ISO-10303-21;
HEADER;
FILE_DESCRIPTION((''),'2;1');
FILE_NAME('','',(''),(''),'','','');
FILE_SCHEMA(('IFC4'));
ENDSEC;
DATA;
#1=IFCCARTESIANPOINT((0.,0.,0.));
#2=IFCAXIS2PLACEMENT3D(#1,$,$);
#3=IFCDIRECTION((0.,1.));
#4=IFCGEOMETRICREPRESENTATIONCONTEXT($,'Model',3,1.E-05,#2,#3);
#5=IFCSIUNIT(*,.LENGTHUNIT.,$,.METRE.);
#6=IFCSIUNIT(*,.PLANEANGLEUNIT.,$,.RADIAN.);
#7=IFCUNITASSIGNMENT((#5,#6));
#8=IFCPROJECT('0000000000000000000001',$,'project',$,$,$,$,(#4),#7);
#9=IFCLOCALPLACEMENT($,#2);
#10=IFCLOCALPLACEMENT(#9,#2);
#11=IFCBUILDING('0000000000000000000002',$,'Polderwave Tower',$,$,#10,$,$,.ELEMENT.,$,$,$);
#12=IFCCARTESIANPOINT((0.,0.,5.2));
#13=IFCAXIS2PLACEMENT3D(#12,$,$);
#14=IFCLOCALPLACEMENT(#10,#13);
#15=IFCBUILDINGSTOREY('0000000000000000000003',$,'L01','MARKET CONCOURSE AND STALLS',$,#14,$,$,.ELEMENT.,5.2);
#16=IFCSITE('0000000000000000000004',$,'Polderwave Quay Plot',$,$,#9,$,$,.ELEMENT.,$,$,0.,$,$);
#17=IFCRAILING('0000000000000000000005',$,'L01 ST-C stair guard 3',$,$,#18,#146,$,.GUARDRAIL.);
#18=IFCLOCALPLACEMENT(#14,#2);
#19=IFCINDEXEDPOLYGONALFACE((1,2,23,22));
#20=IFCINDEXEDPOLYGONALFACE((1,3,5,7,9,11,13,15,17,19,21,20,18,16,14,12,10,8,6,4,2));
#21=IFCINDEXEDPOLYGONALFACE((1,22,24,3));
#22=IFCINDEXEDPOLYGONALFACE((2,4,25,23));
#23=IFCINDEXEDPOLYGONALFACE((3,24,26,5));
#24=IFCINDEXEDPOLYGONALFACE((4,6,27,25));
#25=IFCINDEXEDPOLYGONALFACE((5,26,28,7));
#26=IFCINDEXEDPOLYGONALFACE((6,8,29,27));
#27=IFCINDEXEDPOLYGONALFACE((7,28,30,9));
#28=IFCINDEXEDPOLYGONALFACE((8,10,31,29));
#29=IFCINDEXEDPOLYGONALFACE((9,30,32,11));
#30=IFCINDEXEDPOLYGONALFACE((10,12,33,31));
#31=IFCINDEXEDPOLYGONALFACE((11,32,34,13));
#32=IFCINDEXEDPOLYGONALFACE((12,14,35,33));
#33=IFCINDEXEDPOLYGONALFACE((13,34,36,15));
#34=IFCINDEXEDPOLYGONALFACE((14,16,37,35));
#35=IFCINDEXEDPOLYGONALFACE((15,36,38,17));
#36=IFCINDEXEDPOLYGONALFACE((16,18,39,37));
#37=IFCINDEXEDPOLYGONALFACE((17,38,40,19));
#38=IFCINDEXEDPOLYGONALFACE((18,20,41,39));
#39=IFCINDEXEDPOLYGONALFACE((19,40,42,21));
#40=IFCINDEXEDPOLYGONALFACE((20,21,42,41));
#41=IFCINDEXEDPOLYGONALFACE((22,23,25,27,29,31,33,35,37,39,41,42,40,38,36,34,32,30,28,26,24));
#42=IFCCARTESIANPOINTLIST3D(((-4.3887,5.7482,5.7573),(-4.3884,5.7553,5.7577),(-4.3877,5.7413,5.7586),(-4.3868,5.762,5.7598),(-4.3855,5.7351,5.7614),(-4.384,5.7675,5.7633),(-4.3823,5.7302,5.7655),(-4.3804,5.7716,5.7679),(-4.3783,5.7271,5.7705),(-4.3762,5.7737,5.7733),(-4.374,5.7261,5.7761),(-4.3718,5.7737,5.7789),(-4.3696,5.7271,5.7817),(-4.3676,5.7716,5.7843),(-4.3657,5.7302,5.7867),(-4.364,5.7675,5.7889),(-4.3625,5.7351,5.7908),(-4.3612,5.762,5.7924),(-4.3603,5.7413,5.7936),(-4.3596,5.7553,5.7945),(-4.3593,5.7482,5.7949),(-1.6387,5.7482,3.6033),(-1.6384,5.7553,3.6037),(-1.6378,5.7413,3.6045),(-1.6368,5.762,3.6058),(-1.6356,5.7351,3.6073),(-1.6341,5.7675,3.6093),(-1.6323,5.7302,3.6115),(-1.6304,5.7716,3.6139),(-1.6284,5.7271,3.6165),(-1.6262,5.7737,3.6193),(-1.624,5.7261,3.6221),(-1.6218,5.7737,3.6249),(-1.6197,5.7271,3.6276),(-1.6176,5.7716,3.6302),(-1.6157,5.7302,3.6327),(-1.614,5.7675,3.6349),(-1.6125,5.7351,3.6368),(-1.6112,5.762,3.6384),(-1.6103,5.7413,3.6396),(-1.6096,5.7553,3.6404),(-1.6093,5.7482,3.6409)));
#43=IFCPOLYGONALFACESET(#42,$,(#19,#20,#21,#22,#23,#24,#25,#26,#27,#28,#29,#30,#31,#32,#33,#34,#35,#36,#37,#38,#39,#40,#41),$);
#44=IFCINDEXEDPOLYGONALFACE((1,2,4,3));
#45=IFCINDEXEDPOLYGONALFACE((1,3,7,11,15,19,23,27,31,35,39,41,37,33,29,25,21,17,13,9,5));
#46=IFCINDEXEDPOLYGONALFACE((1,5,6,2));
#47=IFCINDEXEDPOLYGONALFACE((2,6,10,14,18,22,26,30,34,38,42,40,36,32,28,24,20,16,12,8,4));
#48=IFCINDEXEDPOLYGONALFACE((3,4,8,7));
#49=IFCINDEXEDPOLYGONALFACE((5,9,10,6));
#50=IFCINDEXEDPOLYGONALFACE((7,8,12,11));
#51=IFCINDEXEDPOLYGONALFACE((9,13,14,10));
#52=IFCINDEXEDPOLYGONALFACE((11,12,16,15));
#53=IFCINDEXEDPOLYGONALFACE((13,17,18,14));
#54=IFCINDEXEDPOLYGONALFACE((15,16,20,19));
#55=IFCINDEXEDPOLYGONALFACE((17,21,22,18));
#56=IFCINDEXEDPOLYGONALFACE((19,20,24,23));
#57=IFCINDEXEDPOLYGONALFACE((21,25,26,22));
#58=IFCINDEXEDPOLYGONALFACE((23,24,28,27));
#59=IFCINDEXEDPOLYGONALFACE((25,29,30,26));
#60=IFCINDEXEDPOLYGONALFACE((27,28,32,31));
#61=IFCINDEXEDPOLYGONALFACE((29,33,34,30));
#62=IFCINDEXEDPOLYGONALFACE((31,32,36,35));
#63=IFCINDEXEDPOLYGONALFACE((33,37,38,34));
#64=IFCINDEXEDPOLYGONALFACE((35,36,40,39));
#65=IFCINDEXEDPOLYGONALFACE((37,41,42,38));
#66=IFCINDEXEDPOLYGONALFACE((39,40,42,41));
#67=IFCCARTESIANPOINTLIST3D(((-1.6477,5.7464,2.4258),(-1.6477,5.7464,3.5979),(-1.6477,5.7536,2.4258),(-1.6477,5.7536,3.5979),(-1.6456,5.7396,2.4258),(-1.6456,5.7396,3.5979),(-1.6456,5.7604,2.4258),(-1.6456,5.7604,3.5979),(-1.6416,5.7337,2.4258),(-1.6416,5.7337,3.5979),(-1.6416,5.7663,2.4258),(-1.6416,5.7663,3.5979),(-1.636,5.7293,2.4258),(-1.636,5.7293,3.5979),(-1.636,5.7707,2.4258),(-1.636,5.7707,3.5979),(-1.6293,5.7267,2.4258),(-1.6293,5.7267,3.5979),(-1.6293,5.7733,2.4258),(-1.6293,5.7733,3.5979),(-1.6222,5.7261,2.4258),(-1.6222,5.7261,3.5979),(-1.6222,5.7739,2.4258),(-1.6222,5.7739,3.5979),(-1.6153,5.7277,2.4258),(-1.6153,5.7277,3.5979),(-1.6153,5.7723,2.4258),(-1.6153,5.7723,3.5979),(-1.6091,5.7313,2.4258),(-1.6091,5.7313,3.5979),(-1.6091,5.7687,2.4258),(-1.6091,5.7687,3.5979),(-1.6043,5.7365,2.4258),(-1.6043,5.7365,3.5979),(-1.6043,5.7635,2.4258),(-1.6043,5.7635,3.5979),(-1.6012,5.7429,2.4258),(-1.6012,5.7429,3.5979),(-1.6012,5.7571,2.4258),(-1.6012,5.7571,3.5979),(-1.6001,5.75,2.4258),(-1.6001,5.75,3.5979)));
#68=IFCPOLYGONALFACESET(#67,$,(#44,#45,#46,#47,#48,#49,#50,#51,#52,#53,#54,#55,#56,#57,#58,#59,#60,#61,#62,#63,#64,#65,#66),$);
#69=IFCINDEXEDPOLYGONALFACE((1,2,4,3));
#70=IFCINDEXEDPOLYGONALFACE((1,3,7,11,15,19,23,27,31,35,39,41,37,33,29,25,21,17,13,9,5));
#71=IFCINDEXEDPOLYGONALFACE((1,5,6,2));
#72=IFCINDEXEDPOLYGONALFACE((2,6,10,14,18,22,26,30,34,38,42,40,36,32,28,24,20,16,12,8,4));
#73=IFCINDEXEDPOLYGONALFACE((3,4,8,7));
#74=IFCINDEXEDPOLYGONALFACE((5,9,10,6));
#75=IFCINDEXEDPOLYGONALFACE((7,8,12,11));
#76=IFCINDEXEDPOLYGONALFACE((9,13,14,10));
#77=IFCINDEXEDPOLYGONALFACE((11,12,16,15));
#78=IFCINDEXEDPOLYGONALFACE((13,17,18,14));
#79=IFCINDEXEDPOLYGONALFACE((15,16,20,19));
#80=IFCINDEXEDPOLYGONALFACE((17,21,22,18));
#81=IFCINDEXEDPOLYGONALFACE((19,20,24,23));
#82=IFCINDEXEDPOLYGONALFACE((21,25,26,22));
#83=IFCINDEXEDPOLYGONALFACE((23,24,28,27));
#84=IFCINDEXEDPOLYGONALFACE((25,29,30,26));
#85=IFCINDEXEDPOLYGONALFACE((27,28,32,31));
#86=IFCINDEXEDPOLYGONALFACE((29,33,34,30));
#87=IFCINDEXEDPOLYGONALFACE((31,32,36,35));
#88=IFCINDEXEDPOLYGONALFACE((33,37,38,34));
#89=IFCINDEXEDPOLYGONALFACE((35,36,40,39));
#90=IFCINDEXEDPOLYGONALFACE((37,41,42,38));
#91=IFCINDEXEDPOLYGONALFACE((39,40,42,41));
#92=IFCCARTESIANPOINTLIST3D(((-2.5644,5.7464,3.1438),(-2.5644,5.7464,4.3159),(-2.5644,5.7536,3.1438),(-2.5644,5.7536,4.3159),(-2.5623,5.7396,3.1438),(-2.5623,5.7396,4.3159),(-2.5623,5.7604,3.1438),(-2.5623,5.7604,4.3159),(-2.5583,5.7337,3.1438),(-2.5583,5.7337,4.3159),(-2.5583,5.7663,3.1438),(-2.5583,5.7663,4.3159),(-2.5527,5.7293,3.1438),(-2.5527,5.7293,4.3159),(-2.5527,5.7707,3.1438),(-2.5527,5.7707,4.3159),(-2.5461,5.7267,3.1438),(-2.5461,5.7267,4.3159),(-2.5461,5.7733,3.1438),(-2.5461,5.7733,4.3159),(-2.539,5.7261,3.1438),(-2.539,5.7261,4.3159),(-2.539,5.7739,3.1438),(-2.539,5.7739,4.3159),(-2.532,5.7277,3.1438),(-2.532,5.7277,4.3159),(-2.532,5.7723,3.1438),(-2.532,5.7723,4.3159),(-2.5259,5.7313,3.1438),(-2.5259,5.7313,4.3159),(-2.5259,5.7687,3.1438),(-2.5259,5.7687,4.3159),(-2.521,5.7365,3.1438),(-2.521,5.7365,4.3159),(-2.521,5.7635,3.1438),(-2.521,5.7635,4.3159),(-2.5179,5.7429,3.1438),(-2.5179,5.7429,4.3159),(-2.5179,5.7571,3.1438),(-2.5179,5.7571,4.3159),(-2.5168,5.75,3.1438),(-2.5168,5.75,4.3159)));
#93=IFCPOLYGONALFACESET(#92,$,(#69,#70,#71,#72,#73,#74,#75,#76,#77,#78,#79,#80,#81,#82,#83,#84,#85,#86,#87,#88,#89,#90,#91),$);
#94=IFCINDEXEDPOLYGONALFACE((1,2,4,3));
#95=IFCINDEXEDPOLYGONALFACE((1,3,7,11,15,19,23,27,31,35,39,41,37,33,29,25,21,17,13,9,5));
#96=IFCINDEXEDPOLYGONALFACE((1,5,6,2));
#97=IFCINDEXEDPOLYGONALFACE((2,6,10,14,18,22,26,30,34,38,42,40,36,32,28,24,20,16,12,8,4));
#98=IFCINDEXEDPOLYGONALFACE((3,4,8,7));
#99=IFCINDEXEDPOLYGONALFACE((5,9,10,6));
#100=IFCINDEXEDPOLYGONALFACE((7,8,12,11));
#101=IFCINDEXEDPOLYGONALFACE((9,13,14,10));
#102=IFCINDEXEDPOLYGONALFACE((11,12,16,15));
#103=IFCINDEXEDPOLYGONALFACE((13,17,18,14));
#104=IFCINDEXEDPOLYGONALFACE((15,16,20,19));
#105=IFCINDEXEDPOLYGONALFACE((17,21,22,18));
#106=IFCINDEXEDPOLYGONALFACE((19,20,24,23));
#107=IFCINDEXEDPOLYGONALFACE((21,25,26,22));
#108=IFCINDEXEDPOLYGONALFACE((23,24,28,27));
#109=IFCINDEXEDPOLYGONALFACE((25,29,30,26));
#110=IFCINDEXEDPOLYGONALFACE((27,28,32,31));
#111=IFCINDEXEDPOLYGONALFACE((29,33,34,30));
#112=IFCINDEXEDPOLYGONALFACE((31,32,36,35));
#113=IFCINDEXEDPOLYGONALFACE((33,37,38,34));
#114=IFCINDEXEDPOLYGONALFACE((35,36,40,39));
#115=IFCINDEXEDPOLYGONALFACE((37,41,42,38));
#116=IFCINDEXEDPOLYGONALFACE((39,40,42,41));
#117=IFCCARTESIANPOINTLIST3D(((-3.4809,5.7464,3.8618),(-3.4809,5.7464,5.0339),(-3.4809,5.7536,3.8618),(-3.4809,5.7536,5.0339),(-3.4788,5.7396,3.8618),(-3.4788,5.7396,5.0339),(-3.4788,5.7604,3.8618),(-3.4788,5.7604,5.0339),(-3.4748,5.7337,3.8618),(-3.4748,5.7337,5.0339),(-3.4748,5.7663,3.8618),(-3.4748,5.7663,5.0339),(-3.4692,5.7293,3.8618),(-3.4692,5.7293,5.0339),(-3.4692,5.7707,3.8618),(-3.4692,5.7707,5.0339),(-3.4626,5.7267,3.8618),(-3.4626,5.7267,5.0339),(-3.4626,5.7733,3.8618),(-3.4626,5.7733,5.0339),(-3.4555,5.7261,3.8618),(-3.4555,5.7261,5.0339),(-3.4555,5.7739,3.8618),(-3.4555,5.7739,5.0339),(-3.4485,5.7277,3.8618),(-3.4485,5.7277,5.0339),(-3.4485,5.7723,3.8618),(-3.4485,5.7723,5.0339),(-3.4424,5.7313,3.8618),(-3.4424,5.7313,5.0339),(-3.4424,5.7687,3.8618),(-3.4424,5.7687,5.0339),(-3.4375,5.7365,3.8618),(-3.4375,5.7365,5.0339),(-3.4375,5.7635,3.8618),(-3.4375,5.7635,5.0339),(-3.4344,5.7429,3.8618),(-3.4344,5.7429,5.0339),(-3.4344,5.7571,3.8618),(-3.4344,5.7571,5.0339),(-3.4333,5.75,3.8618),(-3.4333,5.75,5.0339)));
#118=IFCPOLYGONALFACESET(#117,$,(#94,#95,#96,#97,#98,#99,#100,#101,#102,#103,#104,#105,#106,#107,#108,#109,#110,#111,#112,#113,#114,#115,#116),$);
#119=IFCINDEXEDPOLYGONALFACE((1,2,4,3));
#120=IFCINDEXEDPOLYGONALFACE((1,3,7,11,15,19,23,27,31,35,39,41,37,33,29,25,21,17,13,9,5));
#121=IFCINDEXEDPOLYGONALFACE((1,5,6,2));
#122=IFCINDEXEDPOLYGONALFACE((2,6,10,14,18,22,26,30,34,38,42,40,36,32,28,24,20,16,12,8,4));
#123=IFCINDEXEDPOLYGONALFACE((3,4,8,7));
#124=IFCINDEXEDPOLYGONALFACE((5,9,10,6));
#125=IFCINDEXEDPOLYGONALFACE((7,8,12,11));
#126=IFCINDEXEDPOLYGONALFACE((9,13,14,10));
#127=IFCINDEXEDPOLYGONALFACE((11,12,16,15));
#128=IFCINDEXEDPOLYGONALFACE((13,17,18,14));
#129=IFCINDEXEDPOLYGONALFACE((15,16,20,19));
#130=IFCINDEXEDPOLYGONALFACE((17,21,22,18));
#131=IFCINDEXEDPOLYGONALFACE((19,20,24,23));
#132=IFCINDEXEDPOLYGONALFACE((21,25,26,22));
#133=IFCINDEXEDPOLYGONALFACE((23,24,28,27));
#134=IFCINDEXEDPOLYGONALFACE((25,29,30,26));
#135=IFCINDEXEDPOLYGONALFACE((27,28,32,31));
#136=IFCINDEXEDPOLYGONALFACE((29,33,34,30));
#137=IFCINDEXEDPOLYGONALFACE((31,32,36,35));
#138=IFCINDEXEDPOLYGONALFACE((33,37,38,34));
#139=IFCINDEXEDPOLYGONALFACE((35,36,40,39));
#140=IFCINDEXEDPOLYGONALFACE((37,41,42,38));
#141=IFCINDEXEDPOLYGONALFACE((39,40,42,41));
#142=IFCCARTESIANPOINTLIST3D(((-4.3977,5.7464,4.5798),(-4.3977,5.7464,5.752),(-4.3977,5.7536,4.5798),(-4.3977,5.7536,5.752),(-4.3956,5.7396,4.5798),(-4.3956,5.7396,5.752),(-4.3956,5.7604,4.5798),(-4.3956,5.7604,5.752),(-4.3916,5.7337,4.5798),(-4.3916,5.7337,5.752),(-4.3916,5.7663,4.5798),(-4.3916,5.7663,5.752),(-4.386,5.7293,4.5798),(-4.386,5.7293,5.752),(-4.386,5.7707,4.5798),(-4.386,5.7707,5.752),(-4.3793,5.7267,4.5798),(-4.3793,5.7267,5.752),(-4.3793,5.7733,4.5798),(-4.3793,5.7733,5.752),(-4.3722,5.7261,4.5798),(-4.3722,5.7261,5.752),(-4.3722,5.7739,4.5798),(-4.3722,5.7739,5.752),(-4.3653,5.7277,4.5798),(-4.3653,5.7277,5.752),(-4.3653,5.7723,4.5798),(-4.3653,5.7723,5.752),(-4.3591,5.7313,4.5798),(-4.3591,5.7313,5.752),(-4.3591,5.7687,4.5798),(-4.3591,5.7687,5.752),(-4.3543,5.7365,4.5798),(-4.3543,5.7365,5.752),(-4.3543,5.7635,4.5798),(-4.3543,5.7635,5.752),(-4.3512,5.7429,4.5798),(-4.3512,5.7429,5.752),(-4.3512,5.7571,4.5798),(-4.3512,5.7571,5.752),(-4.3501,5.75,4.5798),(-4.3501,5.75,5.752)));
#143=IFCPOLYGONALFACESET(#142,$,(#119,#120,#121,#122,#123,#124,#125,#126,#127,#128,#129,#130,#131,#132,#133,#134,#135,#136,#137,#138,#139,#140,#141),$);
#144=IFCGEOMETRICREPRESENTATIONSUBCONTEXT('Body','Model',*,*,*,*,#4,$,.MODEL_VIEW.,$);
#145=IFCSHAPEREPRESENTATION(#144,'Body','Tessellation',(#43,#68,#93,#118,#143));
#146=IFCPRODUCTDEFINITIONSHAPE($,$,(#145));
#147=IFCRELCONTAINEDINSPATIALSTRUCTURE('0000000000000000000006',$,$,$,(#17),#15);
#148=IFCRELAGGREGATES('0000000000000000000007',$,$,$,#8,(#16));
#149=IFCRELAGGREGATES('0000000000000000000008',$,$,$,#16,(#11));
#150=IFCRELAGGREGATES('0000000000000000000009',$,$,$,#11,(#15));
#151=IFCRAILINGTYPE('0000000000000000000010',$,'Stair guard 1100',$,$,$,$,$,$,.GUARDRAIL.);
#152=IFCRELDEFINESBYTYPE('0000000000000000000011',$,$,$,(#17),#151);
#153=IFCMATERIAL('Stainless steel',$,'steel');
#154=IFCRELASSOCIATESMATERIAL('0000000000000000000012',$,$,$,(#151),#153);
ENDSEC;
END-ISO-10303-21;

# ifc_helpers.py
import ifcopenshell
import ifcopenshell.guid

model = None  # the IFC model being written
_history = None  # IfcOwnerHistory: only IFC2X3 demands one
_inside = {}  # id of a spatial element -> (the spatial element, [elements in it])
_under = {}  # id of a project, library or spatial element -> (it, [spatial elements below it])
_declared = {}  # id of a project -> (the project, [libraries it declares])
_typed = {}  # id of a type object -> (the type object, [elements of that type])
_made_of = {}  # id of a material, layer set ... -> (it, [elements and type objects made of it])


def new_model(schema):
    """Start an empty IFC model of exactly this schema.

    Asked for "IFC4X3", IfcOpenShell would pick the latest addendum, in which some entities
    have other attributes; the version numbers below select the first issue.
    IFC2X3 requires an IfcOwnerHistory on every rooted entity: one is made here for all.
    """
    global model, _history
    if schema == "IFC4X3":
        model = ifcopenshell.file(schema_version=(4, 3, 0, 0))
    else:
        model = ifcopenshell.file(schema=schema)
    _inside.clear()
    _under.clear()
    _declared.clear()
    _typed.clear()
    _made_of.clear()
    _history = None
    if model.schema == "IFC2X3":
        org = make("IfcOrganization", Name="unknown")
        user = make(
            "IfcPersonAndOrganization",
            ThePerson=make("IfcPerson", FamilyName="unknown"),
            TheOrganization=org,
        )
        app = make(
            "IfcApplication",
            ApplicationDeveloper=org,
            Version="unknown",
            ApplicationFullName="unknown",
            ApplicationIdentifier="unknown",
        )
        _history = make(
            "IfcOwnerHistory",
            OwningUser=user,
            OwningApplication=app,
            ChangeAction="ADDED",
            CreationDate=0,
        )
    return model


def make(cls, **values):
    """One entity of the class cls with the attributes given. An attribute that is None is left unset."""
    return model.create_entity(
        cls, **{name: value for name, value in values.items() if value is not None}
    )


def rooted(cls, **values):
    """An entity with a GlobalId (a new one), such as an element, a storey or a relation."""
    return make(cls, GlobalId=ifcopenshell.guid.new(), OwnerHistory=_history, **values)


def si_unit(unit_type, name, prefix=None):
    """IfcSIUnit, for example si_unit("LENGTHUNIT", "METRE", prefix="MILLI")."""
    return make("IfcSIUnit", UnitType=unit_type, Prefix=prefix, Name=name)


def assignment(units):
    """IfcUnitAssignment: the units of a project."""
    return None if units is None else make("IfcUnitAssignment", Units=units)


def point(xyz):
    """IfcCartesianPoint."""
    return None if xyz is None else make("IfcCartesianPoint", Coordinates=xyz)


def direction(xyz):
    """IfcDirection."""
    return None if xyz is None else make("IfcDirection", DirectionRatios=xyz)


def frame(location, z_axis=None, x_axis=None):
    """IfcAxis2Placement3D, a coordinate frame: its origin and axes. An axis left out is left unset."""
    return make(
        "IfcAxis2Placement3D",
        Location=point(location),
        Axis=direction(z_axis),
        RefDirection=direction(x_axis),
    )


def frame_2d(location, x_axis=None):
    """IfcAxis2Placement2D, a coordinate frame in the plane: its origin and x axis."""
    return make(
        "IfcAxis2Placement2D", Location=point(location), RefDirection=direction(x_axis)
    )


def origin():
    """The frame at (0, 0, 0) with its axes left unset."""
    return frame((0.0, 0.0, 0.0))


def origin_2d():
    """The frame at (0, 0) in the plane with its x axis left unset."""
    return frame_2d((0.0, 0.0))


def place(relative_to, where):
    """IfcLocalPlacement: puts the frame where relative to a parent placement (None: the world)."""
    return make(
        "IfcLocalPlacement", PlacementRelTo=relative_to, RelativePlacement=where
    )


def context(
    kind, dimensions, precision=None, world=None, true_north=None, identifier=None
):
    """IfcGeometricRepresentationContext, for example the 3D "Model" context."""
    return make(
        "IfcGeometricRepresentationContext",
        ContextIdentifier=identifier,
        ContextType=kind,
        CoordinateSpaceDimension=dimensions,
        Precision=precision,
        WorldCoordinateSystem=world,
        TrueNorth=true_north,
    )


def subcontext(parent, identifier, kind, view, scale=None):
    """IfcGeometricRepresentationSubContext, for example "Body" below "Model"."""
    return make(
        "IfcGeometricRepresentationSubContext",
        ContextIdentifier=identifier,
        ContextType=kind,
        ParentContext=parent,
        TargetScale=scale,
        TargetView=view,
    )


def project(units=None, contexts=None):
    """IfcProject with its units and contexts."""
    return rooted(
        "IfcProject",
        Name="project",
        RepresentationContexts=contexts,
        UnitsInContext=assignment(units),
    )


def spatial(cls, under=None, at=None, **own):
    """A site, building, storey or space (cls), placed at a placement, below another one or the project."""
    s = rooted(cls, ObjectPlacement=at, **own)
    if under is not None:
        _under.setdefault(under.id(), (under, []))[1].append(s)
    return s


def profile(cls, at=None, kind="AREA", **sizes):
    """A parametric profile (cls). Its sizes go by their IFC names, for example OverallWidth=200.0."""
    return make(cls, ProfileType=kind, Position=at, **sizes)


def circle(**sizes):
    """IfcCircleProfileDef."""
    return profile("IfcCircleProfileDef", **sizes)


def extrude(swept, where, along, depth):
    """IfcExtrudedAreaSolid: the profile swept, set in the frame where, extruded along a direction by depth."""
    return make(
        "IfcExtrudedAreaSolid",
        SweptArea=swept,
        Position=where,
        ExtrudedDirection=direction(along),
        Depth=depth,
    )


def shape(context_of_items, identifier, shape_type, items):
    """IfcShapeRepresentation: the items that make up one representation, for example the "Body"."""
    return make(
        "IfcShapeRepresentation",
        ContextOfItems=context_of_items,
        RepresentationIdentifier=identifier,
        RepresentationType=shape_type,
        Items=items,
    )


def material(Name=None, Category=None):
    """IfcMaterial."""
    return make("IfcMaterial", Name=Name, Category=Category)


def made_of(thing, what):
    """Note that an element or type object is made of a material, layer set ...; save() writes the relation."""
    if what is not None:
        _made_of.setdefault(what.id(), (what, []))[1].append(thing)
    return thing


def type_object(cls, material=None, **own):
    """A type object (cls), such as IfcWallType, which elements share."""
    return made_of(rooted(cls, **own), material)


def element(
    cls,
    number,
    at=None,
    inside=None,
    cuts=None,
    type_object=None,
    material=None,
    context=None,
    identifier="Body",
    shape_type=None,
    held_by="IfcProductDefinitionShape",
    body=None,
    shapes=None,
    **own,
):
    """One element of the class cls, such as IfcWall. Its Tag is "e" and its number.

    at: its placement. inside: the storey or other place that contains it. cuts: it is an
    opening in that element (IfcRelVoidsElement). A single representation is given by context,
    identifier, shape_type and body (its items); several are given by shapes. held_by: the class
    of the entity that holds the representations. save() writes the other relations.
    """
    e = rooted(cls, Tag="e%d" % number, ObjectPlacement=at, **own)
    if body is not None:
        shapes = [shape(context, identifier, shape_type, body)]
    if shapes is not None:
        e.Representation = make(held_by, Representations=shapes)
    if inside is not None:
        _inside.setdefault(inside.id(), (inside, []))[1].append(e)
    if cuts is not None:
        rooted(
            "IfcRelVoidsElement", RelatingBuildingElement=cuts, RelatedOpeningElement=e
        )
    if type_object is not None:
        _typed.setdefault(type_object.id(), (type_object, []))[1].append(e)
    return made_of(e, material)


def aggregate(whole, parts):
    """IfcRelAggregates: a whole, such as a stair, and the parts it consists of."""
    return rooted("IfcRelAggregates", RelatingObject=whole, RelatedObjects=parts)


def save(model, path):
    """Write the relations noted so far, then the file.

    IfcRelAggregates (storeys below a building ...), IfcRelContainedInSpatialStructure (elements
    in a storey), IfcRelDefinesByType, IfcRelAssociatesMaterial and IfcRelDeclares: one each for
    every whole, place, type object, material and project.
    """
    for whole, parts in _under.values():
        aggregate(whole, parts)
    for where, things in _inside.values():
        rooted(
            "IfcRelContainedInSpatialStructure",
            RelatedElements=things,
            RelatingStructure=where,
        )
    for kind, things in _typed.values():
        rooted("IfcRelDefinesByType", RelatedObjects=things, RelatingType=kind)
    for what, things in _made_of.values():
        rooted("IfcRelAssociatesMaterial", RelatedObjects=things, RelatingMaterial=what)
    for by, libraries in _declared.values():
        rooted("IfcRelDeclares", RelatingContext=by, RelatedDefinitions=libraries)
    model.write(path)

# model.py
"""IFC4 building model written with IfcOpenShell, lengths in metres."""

from ifc_helpers import new_model, si_unit, direction, frame, origin, origin_2d, place, context, subcontext, project, spatial, circle, extrude, material, type_object, element, save


model = new_model("IFC4")

# Units and contexts
model_context = context("Model", 3, precision=1e-05, world=origin(), true_north=direction((0.0, 1.0)))
body_context = subcontext(model_context, "Body", "Model", "MODEL_VIEW")
ifc_project = project(units=[si_unit("LENGTHUNIT", "METRE"), si_unit("PLANEANGLEUNIT", "RADIAN")], contexts=[model_context])

# Site, building, storey
site_placement = place(None, origin())
site = spatial("IfcSite", under=ifc_project, at=site_placement, Name="Polderwave Quay Plot", CompositionType="ELEMENT", RefElevation=0.0)
building_placement = place(site_placement, origin())
building = spatial("IfcBuilding", under=site, at=building_placement, Name="Polderwave Tower", CompositionType="ELEMENT")
storey_placement = place(building_placement, frame((0.0, 0.0, 5.2)))
storey = spatial("IfcBuildingStorey", under=building, at=storey_placement, Name="L01", Description="MARKET CONCOURSE AND STALLS", CompositionType="ELEMENT", Elevation=5.2)

# Railing
ifc_material_1 = material(Name="Stainless steel", Category="steel")
railing_type_1 = type_object("IfcRailingType", Name="Stair guard 1100", PredefinedType="GUARDRAIL", material=ifc_material_1)
railing_1_placement = place(storey_placement, frame((-1.624, 5.75, 2.4258)))
element("IfcRailing", 1, at=railing_1_placement, inside=storey, type_object=railing_type_1, Name="L01 ST-C stair guard 3", PredefinedType="GUARDRAIL", context=body_context, shape_type="SweptSolid", body=[
    extrude(circle(Radius=0.0239, at=origin_2d()), frame((0.0, 0.0, 1.1963), z_axis=(-0.787244, 0.0, 0.616642), x_axis=(0.0, -1.0, 0.0)), (0.0, 0.0, 1.0), 3.4932),
    extrude(circle(Radius=0.0239, at=origin_2d()), origin(), (0.0, 0.0, 1.0), 1.1721),
    extrude(circle(Radius=0.0239, at=origin_2d()), frame((-0.9167, 0.0, 0.718)), (0.0, 0.0, 1.0), 1.1721),
    extrude(circle(Radius=0.0239, at=origin_2d()), frame((-1.8333, 0.0, 1.436)), (0.0, 0.0, 1.0), 1.1721),
    extrude(circle(Radius=0.0239, at=origin_2d()), frame((-2.75, 0.0, 2.1541)), (0.0, 0.0, 1.0), 1.1721),
])

save(model, "model.ifc")
